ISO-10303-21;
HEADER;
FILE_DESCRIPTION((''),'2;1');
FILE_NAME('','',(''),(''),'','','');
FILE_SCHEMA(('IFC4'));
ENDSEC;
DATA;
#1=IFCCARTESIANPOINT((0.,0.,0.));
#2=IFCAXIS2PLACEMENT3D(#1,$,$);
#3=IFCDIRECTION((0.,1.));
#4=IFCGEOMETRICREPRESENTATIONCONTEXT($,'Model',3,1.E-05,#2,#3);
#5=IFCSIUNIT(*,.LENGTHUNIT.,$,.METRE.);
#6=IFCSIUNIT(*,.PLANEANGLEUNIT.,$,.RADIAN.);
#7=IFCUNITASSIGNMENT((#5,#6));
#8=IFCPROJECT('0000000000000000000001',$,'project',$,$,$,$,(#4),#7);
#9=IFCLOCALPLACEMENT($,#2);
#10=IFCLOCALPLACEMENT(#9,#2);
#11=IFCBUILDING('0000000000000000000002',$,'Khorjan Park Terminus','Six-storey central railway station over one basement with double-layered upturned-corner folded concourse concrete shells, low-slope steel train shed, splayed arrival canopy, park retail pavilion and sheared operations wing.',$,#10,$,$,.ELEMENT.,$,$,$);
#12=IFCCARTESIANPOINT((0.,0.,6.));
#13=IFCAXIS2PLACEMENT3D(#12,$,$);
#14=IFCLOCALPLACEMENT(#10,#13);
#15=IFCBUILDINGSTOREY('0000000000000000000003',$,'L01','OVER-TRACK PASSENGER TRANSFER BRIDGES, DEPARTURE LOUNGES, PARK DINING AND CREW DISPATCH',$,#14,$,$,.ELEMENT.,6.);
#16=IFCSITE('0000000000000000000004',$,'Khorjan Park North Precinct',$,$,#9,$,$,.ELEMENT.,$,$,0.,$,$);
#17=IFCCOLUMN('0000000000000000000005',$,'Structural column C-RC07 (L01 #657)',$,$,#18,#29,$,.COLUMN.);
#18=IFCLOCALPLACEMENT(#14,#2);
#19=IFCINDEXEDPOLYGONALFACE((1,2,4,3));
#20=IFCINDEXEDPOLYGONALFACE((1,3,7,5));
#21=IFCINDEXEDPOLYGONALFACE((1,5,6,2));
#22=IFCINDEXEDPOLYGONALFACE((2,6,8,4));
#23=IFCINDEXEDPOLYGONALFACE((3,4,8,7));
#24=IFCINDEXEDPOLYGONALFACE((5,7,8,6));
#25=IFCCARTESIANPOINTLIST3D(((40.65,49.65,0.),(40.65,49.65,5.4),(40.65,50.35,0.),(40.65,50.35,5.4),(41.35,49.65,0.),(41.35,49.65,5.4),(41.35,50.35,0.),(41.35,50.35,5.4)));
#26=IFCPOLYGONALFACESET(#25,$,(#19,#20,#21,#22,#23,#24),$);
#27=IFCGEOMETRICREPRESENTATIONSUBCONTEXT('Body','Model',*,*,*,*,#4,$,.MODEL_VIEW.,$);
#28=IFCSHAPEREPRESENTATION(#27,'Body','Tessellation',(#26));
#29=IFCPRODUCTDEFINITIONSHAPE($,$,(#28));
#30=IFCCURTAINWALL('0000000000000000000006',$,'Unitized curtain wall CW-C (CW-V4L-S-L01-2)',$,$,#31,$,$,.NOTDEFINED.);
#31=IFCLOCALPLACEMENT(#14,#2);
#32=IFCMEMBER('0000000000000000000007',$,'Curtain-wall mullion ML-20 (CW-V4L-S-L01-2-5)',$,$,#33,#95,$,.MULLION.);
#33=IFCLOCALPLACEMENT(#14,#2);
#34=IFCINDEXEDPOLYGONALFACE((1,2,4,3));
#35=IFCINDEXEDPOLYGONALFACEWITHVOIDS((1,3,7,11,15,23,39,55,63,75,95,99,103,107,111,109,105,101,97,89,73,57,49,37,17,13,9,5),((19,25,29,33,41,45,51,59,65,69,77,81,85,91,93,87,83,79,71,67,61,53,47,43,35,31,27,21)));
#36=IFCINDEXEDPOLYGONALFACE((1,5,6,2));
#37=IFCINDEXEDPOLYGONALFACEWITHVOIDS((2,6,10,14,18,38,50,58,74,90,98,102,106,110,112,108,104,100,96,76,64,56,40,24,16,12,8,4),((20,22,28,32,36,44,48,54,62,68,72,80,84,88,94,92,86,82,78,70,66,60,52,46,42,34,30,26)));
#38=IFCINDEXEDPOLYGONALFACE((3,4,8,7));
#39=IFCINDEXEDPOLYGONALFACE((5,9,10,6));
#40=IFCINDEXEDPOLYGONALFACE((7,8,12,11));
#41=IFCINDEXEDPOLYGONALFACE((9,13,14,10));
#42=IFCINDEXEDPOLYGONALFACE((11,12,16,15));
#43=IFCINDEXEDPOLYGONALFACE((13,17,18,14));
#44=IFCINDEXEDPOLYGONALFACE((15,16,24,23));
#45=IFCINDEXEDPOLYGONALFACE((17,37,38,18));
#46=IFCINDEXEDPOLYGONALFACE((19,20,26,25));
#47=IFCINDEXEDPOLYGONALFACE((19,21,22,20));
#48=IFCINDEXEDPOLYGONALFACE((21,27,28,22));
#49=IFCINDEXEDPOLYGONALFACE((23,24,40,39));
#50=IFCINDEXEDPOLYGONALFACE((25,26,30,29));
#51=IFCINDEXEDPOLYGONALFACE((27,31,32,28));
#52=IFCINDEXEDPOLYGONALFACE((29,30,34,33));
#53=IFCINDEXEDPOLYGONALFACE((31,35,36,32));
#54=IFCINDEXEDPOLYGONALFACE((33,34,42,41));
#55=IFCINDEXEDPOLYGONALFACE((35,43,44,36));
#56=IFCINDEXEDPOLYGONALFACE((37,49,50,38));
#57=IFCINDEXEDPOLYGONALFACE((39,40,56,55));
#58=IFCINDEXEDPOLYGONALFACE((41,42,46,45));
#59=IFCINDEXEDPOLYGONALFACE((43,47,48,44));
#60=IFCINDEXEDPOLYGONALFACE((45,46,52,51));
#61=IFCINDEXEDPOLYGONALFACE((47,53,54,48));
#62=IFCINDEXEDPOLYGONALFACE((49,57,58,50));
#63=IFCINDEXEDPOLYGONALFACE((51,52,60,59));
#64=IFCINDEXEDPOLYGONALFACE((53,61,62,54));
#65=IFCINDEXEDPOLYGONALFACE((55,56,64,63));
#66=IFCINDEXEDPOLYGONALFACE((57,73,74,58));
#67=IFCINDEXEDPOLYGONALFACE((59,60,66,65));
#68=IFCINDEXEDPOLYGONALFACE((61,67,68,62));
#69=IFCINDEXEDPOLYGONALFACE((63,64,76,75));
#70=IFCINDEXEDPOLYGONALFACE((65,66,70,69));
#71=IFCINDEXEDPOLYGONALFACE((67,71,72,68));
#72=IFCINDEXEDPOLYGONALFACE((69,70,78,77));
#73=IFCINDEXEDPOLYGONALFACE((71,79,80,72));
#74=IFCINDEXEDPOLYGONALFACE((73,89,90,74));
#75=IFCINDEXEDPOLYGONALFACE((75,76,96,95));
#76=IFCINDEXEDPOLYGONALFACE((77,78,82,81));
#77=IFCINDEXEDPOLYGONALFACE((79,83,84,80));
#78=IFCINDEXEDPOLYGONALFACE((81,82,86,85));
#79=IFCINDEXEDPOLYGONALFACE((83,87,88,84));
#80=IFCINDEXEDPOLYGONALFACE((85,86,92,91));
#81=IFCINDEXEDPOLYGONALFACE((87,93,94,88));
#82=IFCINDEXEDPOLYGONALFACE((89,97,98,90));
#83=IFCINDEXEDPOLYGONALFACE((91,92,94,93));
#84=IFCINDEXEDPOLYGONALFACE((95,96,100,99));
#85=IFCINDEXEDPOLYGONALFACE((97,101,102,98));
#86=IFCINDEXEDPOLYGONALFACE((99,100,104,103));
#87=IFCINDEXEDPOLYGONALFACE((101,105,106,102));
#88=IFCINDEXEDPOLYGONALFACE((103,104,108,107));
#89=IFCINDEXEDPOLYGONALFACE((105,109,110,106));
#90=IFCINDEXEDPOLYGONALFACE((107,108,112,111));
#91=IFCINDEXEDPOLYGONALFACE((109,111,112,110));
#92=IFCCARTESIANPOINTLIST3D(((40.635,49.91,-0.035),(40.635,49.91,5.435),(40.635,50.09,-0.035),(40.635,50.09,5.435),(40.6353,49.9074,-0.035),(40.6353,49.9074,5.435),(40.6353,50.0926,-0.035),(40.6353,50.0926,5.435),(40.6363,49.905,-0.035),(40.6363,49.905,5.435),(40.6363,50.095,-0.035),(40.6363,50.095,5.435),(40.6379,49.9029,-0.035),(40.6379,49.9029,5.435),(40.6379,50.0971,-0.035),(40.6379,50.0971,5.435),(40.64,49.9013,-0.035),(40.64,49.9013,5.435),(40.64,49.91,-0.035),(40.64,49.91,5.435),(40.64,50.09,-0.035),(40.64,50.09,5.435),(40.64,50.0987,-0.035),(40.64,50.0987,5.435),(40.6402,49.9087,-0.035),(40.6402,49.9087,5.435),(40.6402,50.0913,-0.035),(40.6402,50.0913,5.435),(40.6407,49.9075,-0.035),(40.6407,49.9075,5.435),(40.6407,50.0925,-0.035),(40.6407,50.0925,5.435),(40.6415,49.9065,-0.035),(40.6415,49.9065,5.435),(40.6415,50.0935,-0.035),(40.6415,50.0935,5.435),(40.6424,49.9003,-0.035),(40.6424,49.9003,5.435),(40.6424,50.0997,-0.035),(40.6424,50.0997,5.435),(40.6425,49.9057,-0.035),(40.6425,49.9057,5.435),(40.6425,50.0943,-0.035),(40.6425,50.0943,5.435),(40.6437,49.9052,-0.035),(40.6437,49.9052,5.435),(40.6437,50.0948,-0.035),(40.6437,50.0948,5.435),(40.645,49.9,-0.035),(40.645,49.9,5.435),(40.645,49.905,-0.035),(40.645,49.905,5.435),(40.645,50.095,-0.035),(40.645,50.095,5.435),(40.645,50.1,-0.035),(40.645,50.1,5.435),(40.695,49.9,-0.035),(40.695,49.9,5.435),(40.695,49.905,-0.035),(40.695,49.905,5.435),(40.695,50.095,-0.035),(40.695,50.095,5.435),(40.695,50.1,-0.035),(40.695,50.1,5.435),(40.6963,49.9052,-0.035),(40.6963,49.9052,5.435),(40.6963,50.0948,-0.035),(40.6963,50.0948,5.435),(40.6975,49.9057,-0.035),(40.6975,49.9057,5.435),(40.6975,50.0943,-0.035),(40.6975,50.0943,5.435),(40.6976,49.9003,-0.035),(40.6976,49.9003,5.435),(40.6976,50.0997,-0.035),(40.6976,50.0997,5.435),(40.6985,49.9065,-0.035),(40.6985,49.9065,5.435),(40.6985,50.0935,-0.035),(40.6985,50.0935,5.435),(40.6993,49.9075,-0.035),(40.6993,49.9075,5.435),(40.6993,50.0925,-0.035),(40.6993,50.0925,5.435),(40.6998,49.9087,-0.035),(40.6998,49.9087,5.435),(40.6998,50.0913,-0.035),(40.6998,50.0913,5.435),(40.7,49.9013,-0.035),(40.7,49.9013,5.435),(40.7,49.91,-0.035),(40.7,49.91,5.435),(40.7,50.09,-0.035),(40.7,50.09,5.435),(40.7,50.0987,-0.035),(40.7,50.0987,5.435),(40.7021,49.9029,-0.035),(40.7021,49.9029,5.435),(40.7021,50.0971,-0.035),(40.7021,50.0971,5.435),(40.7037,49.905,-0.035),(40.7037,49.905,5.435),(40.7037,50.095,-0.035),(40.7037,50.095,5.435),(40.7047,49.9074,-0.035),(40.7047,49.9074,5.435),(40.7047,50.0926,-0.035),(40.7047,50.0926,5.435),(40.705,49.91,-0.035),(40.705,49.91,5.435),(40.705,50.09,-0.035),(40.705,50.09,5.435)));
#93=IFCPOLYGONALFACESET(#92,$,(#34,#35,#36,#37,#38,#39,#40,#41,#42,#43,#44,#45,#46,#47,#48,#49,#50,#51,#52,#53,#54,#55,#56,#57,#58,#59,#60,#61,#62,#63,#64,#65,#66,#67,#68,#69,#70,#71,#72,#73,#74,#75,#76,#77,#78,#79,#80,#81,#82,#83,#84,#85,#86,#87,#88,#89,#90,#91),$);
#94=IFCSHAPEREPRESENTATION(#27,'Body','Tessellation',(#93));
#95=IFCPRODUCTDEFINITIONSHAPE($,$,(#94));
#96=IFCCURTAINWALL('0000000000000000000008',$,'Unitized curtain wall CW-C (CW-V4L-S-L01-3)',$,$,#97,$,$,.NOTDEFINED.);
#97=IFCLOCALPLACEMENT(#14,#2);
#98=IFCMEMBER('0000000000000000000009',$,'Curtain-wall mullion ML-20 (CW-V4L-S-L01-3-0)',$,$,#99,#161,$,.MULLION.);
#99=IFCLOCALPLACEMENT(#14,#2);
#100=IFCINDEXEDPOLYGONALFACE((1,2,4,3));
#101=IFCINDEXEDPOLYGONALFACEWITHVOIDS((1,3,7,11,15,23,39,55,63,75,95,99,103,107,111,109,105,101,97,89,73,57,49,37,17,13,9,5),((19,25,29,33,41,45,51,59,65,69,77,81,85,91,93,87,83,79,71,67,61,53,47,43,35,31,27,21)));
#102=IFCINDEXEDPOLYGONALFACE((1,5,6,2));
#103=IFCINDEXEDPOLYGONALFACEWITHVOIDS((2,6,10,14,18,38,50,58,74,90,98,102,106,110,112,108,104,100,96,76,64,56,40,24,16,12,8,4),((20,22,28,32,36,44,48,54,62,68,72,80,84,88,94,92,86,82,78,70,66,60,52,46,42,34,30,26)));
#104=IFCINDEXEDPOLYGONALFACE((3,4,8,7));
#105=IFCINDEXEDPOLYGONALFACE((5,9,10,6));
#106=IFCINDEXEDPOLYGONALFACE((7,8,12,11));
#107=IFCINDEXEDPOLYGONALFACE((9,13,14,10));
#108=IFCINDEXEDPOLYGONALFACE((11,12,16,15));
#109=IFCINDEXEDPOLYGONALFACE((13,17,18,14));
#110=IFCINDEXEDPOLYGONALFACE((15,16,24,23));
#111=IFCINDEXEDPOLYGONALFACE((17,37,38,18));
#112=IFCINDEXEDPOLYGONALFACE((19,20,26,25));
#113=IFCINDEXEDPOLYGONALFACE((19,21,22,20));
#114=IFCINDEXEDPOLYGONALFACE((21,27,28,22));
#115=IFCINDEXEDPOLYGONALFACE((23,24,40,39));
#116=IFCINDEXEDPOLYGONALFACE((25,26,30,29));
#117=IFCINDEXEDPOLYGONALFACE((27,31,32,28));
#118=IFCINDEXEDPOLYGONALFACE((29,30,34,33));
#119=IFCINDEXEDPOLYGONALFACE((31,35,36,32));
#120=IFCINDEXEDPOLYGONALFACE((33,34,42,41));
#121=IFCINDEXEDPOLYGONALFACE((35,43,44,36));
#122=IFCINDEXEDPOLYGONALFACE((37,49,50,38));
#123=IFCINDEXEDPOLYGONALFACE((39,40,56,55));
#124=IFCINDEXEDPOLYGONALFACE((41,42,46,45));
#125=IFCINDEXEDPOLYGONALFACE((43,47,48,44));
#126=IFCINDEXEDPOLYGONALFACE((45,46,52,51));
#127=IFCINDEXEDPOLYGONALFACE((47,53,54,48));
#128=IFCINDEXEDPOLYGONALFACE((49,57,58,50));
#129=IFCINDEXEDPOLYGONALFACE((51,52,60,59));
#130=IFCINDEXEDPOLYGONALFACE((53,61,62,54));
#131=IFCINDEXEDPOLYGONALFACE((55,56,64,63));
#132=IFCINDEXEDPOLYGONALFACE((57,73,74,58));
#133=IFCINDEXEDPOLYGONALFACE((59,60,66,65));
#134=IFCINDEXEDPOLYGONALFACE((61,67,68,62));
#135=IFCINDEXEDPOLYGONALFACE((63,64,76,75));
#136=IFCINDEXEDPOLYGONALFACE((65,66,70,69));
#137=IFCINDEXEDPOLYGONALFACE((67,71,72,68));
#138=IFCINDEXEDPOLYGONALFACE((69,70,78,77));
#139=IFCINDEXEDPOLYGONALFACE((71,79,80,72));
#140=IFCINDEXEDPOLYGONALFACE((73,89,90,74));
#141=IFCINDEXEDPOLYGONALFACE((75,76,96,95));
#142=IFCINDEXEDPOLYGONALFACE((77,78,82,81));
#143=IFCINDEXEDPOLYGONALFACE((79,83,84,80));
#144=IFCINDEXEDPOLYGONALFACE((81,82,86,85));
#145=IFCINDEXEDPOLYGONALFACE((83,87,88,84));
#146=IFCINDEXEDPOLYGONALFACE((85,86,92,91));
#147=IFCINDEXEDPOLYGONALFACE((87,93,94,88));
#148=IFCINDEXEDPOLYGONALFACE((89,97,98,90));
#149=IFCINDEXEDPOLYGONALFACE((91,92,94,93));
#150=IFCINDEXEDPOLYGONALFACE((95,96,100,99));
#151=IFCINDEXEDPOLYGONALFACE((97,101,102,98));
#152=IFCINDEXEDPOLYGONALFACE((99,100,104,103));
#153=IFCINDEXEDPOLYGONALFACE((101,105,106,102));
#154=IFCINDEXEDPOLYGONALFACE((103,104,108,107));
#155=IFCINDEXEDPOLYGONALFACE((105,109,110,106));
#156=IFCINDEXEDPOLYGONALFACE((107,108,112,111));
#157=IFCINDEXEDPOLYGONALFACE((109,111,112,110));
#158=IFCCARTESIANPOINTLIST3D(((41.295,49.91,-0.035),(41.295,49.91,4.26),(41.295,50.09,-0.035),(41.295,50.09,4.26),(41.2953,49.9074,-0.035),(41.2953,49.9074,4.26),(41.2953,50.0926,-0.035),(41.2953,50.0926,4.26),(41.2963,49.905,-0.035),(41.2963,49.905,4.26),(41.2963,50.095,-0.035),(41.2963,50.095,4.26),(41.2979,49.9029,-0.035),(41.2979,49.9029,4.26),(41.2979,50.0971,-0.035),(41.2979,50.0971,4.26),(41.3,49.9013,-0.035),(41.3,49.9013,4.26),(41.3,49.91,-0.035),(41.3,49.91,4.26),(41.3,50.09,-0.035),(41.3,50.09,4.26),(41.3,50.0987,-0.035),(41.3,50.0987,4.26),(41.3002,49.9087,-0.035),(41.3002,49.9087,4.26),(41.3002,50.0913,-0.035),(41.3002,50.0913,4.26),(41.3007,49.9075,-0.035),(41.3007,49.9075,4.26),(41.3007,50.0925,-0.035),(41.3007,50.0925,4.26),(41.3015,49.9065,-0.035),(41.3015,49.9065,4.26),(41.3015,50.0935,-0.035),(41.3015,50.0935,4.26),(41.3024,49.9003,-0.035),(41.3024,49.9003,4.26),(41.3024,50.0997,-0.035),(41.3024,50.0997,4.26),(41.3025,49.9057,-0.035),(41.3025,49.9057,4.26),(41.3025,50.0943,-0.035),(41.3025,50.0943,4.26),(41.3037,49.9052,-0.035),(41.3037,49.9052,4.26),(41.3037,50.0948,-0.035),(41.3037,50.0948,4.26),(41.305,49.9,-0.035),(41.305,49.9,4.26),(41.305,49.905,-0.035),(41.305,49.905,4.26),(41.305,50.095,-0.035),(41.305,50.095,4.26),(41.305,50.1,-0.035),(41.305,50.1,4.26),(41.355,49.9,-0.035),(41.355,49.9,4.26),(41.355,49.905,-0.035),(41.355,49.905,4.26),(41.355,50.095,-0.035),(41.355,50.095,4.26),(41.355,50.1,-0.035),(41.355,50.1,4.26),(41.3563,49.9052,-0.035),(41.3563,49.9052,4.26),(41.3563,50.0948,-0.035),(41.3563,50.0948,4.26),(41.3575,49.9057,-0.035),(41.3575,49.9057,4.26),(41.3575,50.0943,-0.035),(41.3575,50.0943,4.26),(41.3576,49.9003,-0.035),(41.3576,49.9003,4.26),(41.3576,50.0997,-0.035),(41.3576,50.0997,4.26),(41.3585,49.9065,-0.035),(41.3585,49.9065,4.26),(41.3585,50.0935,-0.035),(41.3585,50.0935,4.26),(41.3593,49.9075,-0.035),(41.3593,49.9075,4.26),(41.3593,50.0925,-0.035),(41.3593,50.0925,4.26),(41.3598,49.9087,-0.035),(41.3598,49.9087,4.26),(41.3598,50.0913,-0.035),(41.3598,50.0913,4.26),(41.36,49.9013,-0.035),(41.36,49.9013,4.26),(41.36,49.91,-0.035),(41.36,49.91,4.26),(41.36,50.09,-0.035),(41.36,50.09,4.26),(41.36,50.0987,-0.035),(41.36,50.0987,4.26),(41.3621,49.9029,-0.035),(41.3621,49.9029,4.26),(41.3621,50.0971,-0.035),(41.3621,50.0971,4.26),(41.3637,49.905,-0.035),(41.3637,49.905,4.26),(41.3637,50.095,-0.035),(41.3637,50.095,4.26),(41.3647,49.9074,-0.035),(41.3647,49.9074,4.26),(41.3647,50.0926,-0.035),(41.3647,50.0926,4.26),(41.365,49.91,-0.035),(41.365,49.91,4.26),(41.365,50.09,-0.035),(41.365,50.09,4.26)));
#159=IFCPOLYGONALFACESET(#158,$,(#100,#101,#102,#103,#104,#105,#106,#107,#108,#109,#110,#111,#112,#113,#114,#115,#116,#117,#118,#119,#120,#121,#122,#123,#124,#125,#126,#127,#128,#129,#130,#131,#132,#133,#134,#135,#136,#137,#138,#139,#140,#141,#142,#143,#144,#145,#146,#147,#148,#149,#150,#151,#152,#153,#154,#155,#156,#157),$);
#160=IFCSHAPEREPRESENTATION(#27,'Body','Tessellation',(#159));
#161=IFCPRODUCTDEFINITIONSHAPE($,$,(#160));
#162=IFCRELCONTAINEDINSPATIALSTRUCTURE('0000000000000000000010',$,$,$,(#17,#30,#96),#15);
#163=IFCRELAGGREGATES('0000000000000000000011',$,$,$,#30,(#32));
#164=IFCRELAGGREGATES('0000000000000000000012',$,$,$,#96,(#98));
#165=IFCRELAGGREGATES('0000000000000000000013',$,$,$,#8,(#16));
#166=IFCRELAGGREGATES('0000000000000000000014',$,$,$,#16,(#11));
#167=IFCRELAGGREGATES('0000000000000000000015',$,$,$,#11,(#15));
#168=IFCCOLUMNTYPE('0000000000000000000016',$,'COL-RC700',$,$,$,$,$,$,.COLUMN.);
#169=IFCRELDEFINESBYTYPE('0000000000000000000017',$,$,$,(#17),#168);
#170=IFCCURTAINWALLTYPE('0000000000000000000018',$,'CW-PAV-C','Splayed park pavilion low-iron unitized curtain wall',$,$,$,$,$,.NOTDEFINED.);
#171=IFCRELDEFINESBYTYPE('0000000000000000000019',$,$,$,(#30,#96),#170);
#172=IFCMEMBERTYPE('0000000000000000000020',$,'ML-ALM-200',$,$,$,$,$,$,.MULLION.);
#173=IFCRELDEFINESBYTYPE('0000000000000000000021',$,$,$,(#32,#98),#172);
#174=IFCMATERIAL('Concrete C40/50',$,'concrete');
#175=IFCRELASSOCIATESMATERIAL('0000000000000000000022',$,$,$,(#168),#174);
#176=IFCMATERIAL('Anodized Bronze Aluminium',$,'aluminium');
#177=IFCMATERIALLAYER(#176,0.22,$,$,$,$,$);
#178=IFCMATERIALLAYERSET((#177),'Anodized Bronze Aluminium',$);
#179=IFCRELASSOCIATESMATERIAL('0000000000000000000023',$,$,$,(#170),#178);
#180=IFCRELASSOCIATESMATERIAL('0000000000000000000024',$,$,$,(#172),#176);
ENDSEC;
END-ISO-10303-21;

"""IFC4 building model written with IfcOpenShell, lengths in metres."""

from ifc_helpers import new_model, si_unit, direction, frame, origin, origin_2d, place, context, subcontext, project, spatial, rectangle, hollow_rectangle, extrude, material, layer, layer_set, material_profile, profile_set, type_object, element, aggregate, save


model = new_model("IFC4")

# Units and contexts
model_context = context("Model", 3, precision=1e-05, world=origin(), true_north=direction((0.0, 1.0)))
body_context = subcontext(model_context, "Body", "Model", "MODEL_VIEW")
ifc_project = project(units=[si_unit("LENGTHUNIT", "METRE"), si_unit("PLANEANGLEUNIT", "RADIAN")], contexts=[model_context])

# Site, building, storey
site_placement = place(None, origin())
site = spatial("IfcSite", under=ifc_project, at=site_placement, Name="Khorjan Park North Precinct", CompositionType="ELEMENT", RefElevation=0.0)
building_placement = place(site_placement, origin())
building = spatial("IfcBuilding", under=site, at=building_placement, Name="Khorjan Park Terminus", Description="Six-storey central railway station over one basement with double-layered upturned-corner folded concourse concrete shells, low-slope steel train shed, splayed arrival canopy, park retail pavilion and sheared operations wing.", CompositionType="ELEMENT")
storey_placement = place(building_placement, frame((0.0, 0.0, 6.0)))
storey = spatial("IfcBuildingStorey", under=building, at=storey_placement, Name="L01", Description="OVER-TRACK PASSENGER TRANSFER BRIDGES, DEPARTURE LOUNGES, PARK DINING AND CREW DISPATCH", CompositionType="ELEMENT", Elevation=6.0)

# Column
ifc_material_1 = material(Name="Concrete C40/50", Category="concrete")
ifc_material_profile_1 = material_profile(ifc_material_1, rectangle(XDim=0.7, YDim=0.7, at=origin_2d()), Name="RC 700x700")
ifc_profile_set_1 = profile_set([ifc_material_profile_1], Name="Concrete C40/50")
column_type = type_object("IfcColumnType", Name="COL-RC700", PredefinedType="COLUMN", material=ifc_profile_set_1)
column_placement = place(storey_placement, frame((41.0, 50.0, 0.0), z_axis=(0.0, 0.0, 1.0), x_axis=(1.0, 0.0, 0.0)))
element("IfcColumn", 1, at=column_placement, inside=storey, type_object=column_type, Name="Structural column C-RC07 (L01 #657)", PredefinedType="COLUMN", context=body_context, shape_type="SweptSolid", body=[
    extrude(rectangle(XDim=0.7, YDim=0.7, at=origin_2d()), origin(), (0.0, 0.0, 1.0), 5.4),
])

# Curtain wall, member
ifc_material_2 = material(Name="Anodized Bronze Aluminium", Category="aluminium")
ifc_layer_1 = layer(ifc_material_2, 0.22)
ifc_layer_set_1 = layer_set([ifc_layer_1], Name="Anodized Bronze Aluminium")
curtain_wall_type = type_object("IfcCurtainWallType", Name="CW-PAV-C", Description="Splayed park pavilion low-iron unitized curtain wall", PredefinedType="NOTDEFINED", material=ifc_layer_set_1)
curtain_wall_1_placement = place(storey_placement, origin())
curtain_wall_1 = element("IfcCurtainWall", 2, at=curtain_wall_1_placement, inside=storey, type_object=curtain_wall_type, Name="Unitized curtain wall CW-C (CW-V4L-S-L01-2)", PredefinedType="NOTDEFINED")
ifc_material_profile_2 = material_profile(ifc_material_2, hollow_rectangle(XDim=0.07, YDim=0.2, WallThickness=0.005, InnerFilletRadius=0.005, OuterFilletRadius=0.01, at=origin_2d()), Name="ALM 70x200x5")
ifc_profile_set_2 = profile_set([ifc_material_profile_2], Name="Anodized Bronze Aluminium")
member_type_1 = type_object("IfcMemberType", Name="ML-ALM-200", PredefinedType="MULLION", material=ifc_profile_set_2)
member_1_placement = place(storey_placement, frame((40.67, 50.0, -0.035), z_axis=(0.0, 0.0, 1.0), x_axis=(1.0, 0.0, 0.0)))
member_1 = element("IfcMember", 3, at=member_1_placement, type_object=member_type_1, Name="Curtain-wall mullion ML-20 (CW-V4L-S-L01-2-5)", PredefinedType="MULLION", context=body_context, shape_type="SweptSolid", body=[
    extrude(hollow_rectangle(XDim=0.07, YDim=0.2, WallThickness=0.005, InnerFilletRadius=0.005, OuterFilletRadius=0.01, at=origin_2d()), origin(), (0.0, 0.0, 1.0), 5.47),
])

# Curtain wall, member
curtain_wall_2_placement = place(storey_placement, origin())
curtain_wall_2 = element("IfcCurtainWall", 4, at=curtain_wall_2_placement, inside=storey, type_object=curtain_wall_type, Name="Unitized curtain wall CW-C (CW-V4L-S-L01-3)", PredefinedType="NOTDEFINED")
member_2_placement = place(storey_placement, frame((41.33, 50.0, -0.035), z_axis=(0.0, 0.0, 1.0), x_axis=(1.0, 0.0, 0.0)))
member_2 = element("IfcMember", 5, at=member_2_placement, type_object=member_type_1, Name="Curtain-wall mullion ML-20 (CW-V4L-S-L01-3-0)", PredefinedType="MULLION", context=body_context, shape_type="SweptSolid", body=[
    extrude(hollow_rectangle(XDim=0.07, YDim=0.2, WallThickness=0.005, InnerFilletRadius=0.005, OuterFilletRadius=0.01, at=origin_2d()), origin(), (0.0, 0.0, 1.0), 4.295),
])

aggregate(curtain_wall_1, [member_1])
aggregate(curtain_wall_2, [member_2])

save(model, "model.ifc")
